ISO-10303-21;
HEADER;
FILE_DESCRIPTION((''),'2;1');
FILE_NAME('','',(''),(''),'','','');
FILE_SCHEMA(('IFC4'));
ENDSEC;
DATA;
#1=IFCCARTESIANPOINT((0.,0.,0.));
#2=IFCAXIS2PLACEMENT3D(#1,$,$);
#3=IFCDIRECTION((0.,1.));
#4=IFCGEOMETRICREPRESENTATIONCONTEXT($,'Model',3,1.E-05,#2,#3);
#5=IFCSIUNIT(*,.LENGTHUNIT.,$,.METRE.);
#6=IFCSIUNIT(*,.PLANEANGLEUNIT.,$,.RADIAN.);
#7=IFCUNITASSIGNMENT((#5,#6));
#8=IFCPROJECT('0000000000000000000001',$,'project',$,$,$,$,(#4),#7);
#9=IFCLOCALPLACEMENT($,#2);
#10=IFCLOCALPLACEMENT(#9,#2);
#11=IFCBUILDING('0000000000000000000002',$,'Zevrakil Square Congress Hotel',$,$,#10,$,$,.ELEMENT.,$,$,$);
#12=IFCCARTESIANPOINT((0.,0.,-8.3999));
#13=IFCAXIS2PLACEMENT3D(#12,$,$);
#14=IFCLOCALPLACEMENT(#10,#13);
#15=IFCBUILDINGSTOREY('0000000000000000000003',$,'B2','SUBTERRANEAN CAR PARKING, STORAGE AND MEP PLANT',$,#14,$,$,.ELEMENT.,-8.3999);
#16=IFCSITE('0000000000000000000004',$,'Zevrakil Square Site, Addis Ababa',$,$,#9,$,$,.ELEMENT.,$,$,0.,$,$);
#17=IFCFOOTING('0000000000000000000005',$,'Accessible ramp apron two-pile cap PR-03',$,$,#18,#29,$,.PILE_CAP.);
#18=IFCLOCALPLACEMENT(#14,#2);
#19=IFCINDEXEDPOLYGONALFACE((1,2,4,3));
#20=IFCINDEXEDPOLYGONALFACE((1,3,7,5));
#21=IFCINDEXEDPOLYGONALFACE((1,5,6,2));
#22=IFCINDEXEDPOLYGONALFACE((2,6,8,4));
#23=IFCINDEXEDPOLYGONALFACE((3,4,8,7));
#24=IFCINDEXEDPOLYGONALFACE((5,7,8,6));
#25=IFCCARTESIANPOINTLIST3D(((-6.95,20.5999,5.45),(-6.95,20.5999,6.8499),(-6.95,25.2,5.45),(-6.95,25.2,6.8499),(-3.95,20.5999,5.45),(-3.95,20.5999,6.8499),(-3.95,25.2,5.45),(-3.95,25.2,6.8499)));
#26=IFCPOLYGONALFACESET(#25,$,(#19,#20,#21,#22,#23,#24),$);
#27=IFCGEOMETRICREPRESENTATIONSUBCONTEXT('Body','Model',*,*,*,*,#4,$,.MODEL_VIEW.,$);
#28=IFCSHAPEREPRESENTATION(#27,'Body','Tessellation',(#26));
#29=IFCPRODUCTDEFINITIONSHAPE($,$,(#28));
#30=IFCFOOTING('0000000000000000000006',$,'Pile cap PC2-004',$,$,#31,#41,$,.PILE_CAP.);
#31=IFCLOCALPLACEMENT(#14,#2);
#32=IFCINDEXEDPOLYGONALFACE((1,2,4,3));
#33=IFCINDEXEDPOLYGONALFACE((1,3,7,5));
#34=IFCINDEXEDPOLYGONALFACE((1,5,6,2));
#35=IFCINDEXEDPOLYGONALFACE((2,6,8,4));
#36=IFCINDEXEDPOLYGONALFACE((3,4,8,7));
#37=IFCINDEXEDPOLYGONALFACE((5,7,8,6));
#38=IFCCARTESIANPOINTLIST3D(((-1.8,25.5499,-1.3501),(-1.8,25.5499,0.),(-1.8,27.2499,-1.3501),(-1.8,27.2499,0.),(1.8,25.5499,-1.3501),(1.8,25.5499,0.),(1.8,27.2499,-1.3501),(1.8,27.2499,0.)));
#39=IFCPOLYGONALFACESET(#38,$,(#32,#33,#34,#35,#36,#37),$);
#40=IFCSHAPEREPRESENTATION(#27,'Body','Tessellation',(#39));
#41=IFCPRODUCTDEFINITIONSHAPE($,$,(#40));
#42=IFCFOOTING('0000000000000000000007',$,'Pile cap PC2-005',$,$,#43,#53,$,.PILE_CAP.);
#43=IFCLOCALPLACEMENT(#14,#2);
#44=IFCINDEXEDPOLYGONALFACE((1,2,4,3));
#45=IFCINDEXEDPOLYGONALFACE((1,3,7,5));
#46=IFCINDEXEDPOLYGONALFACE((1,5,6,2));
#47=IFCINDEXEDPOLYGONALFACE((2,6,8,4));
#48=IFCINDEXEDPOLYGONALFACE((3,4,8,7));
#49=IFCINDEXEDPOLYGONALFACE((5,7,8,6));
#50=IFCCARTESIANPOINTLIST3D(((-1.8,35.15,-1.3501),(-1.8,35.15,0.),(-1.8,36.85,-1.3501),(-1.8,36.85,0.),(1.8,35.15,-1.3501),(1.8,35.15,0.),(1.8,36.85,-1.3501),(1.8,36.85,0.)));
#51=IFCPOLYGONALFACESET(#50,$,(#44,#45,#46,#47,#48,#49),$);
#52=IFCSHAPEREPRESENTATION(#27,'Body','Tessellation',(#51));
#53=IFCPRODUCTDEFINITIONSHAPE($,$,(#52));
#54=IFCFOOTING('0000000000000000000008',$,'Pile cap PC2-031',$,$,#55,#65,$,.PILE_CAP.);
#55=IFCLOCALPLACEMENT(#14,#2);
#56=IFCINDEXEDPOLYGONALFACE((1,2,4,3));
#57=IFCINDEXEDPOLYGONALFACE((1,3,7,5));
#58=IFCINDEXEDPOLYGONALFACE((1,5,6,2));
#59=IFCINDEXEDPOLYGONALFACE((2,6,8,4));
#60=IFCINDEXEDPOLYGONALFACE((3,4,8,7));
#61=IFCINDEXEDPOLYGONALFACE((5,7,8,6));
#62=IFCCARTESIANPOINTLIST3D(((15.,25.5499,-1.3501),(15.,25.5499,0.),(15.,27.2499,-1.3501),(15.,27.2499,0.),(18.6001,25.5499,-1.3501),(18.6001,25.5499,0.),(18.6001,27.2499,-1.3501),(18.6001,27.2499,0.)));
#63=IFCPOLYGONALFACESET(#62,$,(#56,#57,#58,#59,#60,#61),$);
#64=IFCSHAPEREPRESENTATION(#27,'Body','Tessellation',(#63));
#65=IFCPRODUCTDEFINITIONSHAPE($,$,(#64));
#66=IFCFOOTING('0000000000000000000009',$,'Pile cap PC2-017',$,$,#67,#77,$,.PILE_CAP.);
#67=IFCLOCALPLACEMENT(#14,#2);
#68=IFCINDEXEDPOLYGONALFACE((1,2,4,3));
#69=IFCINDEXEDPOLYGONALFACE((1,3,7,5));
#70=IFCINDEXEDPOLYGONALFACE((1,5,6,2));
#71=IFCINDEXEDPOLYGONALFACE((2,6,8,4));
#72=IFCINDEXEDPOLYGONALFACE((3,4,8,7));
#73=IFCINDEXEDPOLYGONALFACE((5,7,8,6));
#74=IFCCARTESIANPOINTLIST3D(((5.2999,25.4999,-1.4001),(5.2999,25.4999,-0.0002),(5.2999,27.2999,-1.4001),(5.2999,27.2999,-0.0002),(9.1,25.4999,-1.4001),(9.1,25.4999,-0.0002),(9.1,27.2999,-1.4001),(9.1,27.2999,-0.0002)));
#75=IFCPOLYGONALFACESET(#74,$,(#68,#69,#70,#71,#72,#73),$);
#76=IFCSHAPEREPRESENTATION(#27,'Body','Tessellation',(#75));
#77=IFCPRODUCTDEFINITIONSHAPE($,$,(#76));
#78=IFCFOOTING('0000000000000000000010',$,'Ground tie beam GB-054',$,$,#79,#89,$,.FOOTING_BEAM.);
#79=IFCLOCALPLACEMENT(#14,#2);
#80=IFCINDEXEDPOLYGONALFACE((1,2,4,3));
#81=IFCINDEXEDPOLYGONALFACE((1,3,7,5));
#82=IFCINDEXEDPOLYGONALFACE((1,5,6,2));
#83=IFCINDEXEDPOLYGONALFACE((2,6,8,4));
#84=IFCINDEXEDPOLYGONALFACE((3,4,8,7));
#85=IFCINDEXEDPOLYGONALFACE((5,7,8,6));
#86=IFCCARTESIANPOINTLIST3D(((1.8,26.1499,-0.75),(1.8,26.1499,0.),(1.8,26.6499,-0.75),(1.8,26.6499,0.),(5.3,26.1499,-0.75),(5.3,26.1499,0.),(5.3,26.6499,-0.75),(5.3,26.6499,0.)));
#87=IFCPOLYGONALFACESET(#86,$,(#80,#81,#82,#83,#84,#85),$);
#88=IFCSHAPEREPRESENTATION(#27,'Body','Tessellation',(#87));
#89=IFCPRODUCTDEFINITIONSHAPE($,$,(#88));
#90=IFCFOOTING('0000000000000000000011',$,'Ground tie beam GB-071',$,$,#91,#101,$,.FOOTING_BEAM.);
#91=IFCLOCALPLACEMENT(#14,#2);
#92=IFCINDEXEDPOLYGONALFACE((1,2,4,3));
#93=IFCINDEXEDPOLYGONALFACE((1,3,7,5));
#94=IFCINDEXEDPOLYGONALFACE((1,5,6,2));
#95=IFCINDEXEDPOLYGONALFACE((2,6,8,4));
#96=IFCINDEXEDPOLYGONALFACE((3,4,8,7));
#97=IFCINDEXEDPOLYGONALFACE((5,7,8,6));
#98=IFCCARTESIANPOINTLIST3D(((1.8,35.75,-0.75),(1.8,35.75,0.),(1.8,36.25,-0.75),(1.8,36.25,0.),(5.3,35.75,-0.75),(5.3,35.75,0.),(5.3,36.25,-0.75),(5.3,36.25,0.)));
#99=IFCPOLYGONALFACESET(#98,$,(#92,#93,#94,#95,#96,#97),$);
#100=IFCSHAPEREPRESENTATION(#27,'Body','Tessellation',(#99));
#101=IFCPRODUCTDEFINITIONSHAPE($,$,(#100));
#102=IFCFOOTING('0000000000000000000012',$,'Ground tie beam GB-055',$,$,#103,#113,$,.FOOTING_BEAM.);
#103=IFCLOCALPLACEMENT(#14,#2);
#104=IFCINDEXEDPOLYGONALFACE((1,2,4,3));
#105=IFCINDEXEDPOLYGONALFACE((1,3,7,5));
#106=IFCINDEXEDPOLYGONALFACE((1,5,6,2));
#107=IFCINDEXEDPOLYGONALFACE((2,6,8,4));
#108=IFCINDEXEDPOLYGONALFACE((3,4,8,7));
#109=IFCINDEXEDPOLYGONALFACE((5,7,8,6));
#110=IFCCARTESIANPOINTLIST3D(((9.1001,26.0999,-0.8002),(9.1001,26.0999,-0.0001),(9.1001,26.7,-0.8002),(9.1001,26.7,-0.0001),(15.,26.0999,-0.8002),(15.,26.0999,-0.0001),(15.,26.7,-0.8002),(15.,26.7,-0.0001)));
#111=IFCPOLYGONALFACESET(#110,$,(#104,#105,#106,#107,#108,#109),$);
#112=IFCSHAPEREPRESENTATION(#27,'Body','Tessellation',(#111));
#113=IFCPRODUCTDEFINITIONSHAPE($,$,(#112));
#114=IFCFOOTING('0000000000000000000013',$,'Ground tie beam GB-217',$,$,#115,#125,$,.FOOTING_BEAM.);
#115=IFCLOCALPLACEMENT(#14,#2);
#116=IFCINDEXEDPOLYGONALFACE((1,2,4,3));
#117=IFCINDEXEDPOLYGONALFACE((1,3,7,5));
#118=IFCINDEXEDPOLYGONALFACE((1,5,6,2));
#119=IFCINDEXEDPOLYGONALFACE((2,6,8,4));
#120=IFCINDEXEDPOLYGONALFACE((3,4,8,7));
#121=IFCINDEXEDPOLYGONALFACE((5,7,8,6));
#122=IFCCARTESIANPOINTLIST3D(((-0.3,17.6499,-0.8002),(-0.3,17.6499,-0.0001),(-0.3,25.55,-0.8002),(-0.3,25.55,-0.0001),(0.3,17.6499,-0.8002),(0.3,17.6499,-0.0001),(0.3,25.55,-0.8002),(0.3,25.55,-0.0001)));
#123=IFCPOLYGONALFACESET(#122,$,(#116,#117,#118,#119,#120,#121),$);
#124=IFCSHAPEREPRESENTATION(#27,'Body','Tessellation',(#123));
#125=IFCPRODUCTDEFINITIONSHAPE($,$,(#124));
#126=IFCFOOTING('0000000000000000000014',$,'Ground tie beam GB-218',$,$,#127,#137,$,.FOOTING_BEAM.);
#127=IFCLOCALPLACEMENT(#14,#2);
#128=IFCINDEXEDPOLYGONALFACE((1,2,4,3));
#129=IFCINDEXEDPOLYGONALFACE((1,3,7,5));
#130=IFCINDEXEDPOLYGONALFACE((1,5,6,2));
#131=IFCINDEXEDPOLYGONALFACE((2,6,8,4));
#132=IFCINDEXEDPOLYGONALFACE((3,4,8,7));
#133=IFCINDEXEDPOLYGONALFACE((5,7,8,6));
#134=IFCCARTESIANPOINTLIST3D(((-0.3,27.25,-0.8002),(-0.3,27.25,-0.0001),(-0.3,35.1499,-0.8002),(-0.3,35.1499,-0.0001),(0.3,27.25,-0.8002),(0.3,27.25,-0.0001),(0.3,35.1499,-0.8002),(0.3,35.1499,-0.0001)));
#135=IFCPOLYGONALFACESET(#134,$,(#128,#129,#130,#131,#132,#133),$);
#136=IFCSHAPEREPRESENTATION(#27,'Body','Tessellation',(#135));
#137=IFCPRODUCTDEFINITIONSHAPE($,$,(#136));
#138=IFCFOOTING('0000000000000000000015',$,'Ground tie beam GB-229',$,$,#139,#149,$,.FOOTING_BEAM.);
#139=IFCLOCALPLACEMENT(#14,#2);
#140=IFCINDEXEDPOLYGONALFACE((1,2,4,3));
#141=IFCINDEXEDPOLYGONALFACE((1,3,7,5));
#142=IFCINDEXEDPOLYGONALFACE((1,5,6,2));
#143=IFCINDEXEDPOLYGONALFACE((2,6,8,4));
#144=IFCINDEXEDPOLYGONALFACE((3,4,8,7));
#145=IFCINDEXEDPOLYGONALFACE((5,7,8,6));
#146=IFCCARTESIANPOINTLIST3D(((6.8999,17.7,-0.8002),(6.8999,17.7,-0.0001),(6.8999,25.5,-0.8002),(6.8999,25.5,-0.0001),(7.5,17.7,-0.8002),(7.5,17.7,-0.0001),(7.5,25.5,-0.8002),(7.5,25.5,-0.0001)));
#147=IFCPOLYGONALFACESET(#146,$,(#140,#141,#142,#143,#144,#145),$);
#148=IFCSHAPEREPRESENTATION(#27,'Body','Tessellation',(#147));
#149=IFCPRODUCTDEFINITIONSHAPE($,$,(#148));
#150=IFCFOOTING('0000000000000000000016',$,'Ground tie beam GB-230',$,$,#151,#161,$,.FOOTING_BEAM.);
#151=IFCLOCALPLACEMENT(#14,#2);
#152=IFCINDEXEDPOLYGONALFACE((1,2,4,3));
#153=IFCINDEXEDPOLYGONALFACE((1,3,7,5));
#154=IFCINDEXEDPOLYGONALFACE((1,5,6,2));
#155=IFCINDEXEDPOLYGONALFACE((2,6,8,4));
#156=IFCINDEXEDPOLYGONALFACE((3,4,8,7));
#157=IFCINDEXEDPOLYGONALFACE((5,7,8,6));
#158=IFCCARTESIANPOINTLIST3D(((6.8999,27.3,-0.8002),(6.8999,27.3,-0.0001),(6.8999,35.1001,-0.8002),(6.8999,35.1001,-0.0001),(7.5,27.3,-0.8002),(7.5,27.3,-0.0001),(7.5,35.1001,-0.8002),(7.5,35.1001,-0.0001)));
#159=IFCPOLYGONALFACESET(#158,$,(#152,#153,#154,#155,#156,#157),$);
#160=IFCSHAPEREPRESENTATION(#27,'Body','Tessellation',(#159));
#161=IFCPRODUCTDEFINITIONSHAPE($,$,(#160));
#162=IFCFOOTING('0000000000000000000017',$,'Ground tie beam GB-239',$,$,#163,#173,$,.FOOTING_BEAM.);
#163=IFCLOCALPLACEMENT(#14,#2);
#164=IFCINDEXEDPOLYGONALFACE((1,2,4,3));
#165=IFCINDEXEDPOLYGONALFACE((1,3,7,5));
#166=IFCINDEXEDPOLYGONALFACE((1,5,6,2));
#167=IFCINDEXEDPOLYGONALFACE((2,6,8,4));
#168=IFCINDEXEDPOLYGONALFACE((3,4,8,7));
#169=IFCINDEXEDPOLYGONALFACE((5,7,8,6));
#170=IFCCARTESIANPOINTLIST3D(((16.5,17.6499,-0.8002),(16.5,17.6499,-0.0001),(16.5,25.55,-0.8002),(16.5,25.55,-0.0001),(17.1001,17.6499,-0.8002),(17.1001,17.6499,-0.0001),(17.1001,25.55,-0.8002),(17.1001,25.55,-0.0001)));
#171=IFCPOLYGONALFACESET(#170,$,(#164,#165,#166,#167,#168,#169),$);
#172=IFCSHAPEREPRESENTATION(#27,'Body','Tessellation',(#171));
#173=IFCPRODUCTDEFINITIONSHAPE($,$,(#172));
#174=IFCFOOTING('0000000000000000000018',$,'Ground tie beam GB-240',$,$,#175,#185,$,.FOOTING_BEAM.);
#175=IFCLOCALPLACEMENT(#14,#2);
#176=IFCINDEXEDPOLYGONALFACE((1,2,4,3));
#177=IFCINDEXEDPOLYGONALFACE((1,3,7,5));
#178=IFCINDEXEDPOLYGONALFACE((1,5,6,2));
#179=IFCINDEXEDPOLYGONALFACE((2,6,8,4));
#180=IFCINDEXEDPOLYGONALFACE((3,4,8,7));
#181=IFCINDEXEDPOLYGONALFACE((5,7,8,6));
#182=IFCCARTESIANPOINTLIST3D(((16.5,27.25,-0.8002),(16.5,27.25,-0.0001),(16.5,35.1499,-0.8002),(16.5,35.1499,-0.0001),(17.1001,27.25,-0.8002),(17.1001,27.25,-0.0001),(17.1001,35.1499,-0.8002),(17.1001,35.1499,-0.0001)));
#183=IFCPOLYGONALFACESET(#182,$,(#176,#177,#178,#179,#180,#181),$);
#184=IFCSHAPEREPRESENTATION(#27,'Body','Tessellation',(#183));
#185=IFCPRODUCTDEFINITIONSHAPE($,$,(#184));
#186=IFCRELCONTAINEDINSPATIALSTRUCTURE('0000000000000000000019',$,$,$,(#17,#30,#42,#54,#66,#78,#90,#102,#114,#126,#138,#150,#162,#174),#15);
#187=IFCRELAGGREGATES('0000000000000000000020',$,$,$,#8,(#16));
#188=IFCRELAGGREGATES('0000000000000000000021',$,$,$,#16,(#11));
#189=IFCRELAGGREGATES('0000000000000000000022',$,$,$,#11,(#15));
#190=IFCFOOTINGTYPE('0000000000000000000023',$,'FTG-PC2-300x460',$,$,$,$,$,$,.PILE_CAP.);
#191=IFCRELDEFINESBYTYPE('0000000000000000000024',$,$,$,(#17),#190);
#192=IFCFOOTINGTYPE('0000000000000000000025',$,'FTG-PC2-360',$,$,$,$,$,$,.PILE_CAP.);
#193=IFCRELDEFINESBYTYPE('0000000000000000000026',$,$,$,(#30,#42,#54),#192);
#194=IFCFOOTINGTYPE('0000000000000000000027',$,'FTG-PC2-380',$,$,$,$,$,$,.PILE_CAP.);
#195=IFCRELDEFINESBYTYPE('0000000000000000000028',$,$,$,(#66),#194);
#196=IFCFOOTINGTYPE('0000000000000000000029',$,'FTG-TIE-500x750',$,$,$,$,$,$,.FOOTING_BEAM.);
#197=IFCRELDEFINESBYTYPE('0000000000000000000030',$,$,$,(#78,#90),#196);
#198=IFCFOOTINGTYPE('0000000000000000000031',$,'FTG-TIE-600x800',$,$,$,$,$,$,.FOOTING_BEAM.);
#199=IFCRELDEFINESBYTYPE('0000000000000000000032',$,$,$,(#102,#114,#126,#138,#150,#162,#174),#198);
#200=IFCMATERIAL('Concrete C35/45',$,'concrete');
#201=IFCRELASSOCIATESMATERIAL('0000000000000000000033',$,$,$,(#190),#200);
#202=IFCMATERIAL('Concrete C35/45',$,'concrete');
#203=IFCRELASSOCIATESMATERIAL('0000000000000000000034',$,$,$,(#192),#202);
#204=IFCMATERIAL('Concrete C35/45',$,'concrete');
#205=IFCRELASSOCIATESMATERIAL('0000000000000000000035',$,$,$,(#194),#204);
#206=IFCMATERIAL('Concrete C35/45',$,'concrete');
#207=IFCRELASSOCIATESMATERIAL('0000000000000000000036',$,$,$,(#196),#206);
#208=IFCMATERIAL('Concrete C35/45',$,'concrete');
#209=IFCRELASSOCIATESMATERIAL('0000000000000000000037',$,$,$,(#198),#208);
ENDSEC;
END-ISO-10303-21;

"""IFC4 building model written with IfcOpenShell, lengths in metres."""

from ifc_helpers import new_model, si_unit, direction, frame, origin, origin_2d, place, context, subcontext, project, spatial, rectangle, extrude, material, material_profile, profile_set, type_object, element, save


model = new_model("IFC4")

# Units and contexts
model_context = context("Model", 3, precision=1e-05, world=origin(), true_north=direction((0.0, 1.0)))
body_context = subcontext(model_context, "Body", "Model", "MODEL_VIEW")
ifc_project = project(units=[si_unit("LENGTHUNIT", "METRE"), si_unit("PLANEANGLEUNIT", "RADIAN")], contexts=[model_context])

# Site, building, storey
site_placement = place(None, origin())
site = spatial("IfcSite", under=ifc_project, at=site_placement, Name="Zevrakil Square Site, Addis Ababa", CompositionType="ELEMENT", RefElevation=0.0)
building_placement = place(site_placement, origin())
building = spatial("IfcBuilding", under=site, at=building_placement, Name="Zevrakil Square Congress Hotel", CompositionType="ELEMENT")
storey_placement = place(building_placement, frame((0.0, 0.0, -8.3999)))
storey = spatial("IfcBuildingStorey", under=building, at=storey_placement, Name="B2", Description="SUBTERRANEAN CAR PARKING, STORAGE AND MEP PLANT", CompositionType="ELEMENT", Elevation=-8.3999)

# Footings
ifc_material_1 = material(Name="Concrete C35/45", Category="concrete")
footing_type_1 = type_object("IfcFootingType", Name="FTG-PC2-300x460", PredefinedType="PILE_CAP", material=ifc_material_1)
footing_1_placement = place(storey_placement, frame((-5.45, 22.8999, 5.45), z_axis=(0.0, 0.0, 1.0), x_axis=(1.0, 0.0, 0.0)))
element("IfcFooting", 1, at=footing_1_placement, inside=storey, type_object=footing_type_1, Name="Accessible ramp apron two-pile cap PR-03", PredefinedType="PILE_CAP", context=body_context, shape_type="SweptSolid", body=[
    extrude(rectangle(XDim=3.0, YDim=4.6001, at=origin_2d()), origin(), (0.0, 0.0, 1.0), 1.3999),
])
ifc_material_2 = material(Name="Concrete C35/45", Category="concrete")
footing_type_2 = type_object("IfcFootingType", Name="FTG-PC2-360", PredefinedType="PILE_CAP", material=ifc_material_2)
for number, where, z_axis, x_axis, name in (
    (2, (0.0, 26.3999, -1.3501), (0.0, 0.0, 1.0), (1.0, 0.0, 0.0), "Pile cap PC2-004"),
    (3, (0.0, 36.0, -1.3501), (0.0, 0.0, 1.0), (1.0, 0.0, 0.0), "Pile cap PC2-005"),
    (4, (16.8, 26.3999, -1.3501), (0.0, 0.0, 1.0), (1.0, 0.0, 0.0), "Pile cap PC2-031"),
):
    element("IfcFooting", number, at=place(storey_placement, frame(where, z_axis=z_axis, x_axis=x_axis)), inside=storey, type_object=footing_type_2, Name=name, PredefinedType="PILE_CAP", context=body_context, shape_type="SweptSolid", body=[
        extrude(rectangle(XDim=3.6001, YDim=1.7, at=origin_2d()), origin(), (0.0, 0.0, 1.0), 1.3501),
    ])
ifc_material_3 = material(Name="Concrete C35/45", Category="concrete")
footing_type_3 = type_object("IfcFootingType", Name="FTG-PC2-380", PredefinedType="PILE_CAP", material=ifc_material_3)
footing_2_placement = place(storey_placement, frame((7.2, 26.3999, -1.4001), z_axis=(0.0, 0.0, 1.0), x_axis=(1.0, 0.0, 0.0)))
element("IfcFooting", 5, at=footing_2_placement, inside=storey, type_object=footing_type_3, Name="Pile cap PC2-017", PredefinedType="PILE_CAP", context=body_context, shape_type="SweptSolid", body=[
    extrude(rectangle(XDim=3.8, YDim=1.8, at=origin_2d()), origin(), (0.0, 0.0, 1.0), 1.3999),
])
ifc_material_4 = material(Name="Concrete C35/45", Category="concrete")
ifc_material_profile_1 = material_profile(ifc_material_4, rectangle(XDim=0.5, YDim=0.75, at=origin_2d()), Name="RC 500x750")
ifc_profile_set_1 = profile_set([ifc_material_profile_1], Name="Concrete C35/45")
footing_type_4 = type_object("IfcFootingType", Name="FTG-TIE-500x750", PredefinedType="FOOTING_BEAM", material=ifc_profile_set_1)
for number, where, z_axis, x_axis, name in (
    (6, (1.8, 26.3999, -0.375), (1.0, 0.0, 0.0), (0.0, 1.0, 0.0), "Ground tie beam GB-054"),
    (7, (1.8, 36.0, -0.375), (1.0, 0.0, 0.0), (0.0, 1.0, 0.0), "Ground tie beam GB-071"),
):
    element("IfcFooting", number, at=place(storey_placement, frame(where, z_axis=z_axis, x_axis=x_axis)), inside=storey, type_object=footing_type_4, Name=name, PredefinedType="FOOTING_BEAM", context=body_context, shape_type="SweptSolid", body=[
        extrude(rectangle(XDim=0.5, YDim=0.75, at=origin_2d()), origin(), (0.0, 0.0, 1.0), 3.5),
    ])
ifc_material_5 = material(Name="Concrete C35/45", Category="concrete")
ifc_material_profile_2 = material_profile(ifc_material_5, rectangle(XDim=0.6001, YDim=0.8, at=origin_2d()), Name="RC 600x800")
ifc_profile_set_2 = profile_set([ifc_material_profile_2], Name="Concrete C35/45")
footing_type_5 = type_object("IfcFootingType", Name="FTG-TIE-600x800", PredefinedType="FOOTING_BEAM", material=ifc_profile_set_2)
footing_3_placement = place(storey_placement, frame((9.1001, 26.3999, -0.4001), z_axis=(1.0, 0.0, 0.0), x_axis=(0.0, 1.0, 0.0)))
element("IfcFooting", 8, at=footing_3_placement, inside=storey, type_object=footing_type_5, Name="Ground tie beam GB-055", PredefinedType="FOOTING_BEAM", context=body_context, shape_type="SweptSolid", body=[
    extrude(rectangle(XDim=0.6001, YDim=0.8, at=origin_2d()), origin(), (0.0, 0.0, 1.0), 5.8999),
])
footing_4_placement = place(storey_placement, frame((0.0, 17.6499, -0.4001), z_axis=(0.0, 1.0, 0.0), x_axis=(-1.0, 0.0, 0.0)))
element("IfcFooting", 9, at=footing_4_placement, inside=storey, type_object=footing_type_5, Name="Ground tie beam GB-217", PredefinedType="FOOTING_BEAM", context=body_context, shape_type="SweptSolid", body=[
    extrude(rectangle(XDim=0.6001, YDim=0.8, at=origin_2d()), origin(), (0.0, 0.0, 1.0), 7.9001),
])
footing_5_placement = place(storey_placement, frame((0.0, 27.25, -0.4001), z_axis=(0.0, 1.0, 0.0), x_axis=(-1.0, 0.0, 0.0)))
element("IfcFooting", 10, at=footing_5_placement, inside=storey, type_object=footing_type_5, Name="Ground tie beam GB-218", PredefinedType="FOOTING_BEAM", context=body_context, shape_type="SweptSolid", body=[
    extrude(rectangle(XDim=0.6001, YDim=0.8, at=origin_2d()), origin(), (0.0, 0.0, 1.0), 7.8999),
])
for number, where, z_axis, x_axis, name in (
    (11, (7.2, 17.7, -0.4001), (0.0, 1.0, 0.0), (-1.0, 0.0, 0.0), "Ground tie beam GB-229"),
    (12, (7.2, 27.3, -0.4001), (0.0, 1.0, 0.0), (-1.0, 0.0, 0.0), "Ground tie beam GB-230"),
):
    element("IfcFooting", number, at=place(storey_placement, frame(where, z_axis=z_axis, x_axis=x_axis)), inside=storey, type_object=footing_type_5, Name=name, PredefinedType="FOOTING_BEAM", context=body_context, shape_type="SweptSolid", body=[
        extrude(rectangle(XDim=0.6001, YDim=0.8, at=origin_2d()), origin(), (0.0, 0.0, 1.0), 7.8),
    ])
footing_6_placement = place(storey_placement, frame((16.8, 17.6499, -0.4001), z_axis=(0.0, 1.0, 0.0), x_axis=(-1.0, 0.0, 0.0)))
element("IfcFooting", 13, at=footing_6_placement, inside=storey, type_object=footing_type_5, Name="Ground tie beam GB-239", PredefinedType="FOOTING_BEAM", context=body_context, shape_type="SweptSolid", body=[
    extrude(rectangle(XDim=0.6001, YDim=0.8, at=origin_2d()), origin(), (0.0, 0.0, 1.0), 7.9001),
])
footing_7_placement = place(storey_placement, frame((16.8, 27.25, -0.4001), z_axis=(0.0, 1.0, 0.0), x_axis=(-1.0, 0.0, 0.0)))
element("IfcFooting", 14, at=footing_7_placement, inside=storey, type_object=footing_type_5, Name="Ground tie beam GB-240", PredefinedType="FOOTING_BEAM", context=body_context, shape_type="SweptSolid", body=[
    extrude(rectangle(XDim=0.6001, YDim=0.8, at=origin_2d()), origin(), (0.0, 0.0, 1.0), 7.8999),
])

save(model, "model.ifc")
